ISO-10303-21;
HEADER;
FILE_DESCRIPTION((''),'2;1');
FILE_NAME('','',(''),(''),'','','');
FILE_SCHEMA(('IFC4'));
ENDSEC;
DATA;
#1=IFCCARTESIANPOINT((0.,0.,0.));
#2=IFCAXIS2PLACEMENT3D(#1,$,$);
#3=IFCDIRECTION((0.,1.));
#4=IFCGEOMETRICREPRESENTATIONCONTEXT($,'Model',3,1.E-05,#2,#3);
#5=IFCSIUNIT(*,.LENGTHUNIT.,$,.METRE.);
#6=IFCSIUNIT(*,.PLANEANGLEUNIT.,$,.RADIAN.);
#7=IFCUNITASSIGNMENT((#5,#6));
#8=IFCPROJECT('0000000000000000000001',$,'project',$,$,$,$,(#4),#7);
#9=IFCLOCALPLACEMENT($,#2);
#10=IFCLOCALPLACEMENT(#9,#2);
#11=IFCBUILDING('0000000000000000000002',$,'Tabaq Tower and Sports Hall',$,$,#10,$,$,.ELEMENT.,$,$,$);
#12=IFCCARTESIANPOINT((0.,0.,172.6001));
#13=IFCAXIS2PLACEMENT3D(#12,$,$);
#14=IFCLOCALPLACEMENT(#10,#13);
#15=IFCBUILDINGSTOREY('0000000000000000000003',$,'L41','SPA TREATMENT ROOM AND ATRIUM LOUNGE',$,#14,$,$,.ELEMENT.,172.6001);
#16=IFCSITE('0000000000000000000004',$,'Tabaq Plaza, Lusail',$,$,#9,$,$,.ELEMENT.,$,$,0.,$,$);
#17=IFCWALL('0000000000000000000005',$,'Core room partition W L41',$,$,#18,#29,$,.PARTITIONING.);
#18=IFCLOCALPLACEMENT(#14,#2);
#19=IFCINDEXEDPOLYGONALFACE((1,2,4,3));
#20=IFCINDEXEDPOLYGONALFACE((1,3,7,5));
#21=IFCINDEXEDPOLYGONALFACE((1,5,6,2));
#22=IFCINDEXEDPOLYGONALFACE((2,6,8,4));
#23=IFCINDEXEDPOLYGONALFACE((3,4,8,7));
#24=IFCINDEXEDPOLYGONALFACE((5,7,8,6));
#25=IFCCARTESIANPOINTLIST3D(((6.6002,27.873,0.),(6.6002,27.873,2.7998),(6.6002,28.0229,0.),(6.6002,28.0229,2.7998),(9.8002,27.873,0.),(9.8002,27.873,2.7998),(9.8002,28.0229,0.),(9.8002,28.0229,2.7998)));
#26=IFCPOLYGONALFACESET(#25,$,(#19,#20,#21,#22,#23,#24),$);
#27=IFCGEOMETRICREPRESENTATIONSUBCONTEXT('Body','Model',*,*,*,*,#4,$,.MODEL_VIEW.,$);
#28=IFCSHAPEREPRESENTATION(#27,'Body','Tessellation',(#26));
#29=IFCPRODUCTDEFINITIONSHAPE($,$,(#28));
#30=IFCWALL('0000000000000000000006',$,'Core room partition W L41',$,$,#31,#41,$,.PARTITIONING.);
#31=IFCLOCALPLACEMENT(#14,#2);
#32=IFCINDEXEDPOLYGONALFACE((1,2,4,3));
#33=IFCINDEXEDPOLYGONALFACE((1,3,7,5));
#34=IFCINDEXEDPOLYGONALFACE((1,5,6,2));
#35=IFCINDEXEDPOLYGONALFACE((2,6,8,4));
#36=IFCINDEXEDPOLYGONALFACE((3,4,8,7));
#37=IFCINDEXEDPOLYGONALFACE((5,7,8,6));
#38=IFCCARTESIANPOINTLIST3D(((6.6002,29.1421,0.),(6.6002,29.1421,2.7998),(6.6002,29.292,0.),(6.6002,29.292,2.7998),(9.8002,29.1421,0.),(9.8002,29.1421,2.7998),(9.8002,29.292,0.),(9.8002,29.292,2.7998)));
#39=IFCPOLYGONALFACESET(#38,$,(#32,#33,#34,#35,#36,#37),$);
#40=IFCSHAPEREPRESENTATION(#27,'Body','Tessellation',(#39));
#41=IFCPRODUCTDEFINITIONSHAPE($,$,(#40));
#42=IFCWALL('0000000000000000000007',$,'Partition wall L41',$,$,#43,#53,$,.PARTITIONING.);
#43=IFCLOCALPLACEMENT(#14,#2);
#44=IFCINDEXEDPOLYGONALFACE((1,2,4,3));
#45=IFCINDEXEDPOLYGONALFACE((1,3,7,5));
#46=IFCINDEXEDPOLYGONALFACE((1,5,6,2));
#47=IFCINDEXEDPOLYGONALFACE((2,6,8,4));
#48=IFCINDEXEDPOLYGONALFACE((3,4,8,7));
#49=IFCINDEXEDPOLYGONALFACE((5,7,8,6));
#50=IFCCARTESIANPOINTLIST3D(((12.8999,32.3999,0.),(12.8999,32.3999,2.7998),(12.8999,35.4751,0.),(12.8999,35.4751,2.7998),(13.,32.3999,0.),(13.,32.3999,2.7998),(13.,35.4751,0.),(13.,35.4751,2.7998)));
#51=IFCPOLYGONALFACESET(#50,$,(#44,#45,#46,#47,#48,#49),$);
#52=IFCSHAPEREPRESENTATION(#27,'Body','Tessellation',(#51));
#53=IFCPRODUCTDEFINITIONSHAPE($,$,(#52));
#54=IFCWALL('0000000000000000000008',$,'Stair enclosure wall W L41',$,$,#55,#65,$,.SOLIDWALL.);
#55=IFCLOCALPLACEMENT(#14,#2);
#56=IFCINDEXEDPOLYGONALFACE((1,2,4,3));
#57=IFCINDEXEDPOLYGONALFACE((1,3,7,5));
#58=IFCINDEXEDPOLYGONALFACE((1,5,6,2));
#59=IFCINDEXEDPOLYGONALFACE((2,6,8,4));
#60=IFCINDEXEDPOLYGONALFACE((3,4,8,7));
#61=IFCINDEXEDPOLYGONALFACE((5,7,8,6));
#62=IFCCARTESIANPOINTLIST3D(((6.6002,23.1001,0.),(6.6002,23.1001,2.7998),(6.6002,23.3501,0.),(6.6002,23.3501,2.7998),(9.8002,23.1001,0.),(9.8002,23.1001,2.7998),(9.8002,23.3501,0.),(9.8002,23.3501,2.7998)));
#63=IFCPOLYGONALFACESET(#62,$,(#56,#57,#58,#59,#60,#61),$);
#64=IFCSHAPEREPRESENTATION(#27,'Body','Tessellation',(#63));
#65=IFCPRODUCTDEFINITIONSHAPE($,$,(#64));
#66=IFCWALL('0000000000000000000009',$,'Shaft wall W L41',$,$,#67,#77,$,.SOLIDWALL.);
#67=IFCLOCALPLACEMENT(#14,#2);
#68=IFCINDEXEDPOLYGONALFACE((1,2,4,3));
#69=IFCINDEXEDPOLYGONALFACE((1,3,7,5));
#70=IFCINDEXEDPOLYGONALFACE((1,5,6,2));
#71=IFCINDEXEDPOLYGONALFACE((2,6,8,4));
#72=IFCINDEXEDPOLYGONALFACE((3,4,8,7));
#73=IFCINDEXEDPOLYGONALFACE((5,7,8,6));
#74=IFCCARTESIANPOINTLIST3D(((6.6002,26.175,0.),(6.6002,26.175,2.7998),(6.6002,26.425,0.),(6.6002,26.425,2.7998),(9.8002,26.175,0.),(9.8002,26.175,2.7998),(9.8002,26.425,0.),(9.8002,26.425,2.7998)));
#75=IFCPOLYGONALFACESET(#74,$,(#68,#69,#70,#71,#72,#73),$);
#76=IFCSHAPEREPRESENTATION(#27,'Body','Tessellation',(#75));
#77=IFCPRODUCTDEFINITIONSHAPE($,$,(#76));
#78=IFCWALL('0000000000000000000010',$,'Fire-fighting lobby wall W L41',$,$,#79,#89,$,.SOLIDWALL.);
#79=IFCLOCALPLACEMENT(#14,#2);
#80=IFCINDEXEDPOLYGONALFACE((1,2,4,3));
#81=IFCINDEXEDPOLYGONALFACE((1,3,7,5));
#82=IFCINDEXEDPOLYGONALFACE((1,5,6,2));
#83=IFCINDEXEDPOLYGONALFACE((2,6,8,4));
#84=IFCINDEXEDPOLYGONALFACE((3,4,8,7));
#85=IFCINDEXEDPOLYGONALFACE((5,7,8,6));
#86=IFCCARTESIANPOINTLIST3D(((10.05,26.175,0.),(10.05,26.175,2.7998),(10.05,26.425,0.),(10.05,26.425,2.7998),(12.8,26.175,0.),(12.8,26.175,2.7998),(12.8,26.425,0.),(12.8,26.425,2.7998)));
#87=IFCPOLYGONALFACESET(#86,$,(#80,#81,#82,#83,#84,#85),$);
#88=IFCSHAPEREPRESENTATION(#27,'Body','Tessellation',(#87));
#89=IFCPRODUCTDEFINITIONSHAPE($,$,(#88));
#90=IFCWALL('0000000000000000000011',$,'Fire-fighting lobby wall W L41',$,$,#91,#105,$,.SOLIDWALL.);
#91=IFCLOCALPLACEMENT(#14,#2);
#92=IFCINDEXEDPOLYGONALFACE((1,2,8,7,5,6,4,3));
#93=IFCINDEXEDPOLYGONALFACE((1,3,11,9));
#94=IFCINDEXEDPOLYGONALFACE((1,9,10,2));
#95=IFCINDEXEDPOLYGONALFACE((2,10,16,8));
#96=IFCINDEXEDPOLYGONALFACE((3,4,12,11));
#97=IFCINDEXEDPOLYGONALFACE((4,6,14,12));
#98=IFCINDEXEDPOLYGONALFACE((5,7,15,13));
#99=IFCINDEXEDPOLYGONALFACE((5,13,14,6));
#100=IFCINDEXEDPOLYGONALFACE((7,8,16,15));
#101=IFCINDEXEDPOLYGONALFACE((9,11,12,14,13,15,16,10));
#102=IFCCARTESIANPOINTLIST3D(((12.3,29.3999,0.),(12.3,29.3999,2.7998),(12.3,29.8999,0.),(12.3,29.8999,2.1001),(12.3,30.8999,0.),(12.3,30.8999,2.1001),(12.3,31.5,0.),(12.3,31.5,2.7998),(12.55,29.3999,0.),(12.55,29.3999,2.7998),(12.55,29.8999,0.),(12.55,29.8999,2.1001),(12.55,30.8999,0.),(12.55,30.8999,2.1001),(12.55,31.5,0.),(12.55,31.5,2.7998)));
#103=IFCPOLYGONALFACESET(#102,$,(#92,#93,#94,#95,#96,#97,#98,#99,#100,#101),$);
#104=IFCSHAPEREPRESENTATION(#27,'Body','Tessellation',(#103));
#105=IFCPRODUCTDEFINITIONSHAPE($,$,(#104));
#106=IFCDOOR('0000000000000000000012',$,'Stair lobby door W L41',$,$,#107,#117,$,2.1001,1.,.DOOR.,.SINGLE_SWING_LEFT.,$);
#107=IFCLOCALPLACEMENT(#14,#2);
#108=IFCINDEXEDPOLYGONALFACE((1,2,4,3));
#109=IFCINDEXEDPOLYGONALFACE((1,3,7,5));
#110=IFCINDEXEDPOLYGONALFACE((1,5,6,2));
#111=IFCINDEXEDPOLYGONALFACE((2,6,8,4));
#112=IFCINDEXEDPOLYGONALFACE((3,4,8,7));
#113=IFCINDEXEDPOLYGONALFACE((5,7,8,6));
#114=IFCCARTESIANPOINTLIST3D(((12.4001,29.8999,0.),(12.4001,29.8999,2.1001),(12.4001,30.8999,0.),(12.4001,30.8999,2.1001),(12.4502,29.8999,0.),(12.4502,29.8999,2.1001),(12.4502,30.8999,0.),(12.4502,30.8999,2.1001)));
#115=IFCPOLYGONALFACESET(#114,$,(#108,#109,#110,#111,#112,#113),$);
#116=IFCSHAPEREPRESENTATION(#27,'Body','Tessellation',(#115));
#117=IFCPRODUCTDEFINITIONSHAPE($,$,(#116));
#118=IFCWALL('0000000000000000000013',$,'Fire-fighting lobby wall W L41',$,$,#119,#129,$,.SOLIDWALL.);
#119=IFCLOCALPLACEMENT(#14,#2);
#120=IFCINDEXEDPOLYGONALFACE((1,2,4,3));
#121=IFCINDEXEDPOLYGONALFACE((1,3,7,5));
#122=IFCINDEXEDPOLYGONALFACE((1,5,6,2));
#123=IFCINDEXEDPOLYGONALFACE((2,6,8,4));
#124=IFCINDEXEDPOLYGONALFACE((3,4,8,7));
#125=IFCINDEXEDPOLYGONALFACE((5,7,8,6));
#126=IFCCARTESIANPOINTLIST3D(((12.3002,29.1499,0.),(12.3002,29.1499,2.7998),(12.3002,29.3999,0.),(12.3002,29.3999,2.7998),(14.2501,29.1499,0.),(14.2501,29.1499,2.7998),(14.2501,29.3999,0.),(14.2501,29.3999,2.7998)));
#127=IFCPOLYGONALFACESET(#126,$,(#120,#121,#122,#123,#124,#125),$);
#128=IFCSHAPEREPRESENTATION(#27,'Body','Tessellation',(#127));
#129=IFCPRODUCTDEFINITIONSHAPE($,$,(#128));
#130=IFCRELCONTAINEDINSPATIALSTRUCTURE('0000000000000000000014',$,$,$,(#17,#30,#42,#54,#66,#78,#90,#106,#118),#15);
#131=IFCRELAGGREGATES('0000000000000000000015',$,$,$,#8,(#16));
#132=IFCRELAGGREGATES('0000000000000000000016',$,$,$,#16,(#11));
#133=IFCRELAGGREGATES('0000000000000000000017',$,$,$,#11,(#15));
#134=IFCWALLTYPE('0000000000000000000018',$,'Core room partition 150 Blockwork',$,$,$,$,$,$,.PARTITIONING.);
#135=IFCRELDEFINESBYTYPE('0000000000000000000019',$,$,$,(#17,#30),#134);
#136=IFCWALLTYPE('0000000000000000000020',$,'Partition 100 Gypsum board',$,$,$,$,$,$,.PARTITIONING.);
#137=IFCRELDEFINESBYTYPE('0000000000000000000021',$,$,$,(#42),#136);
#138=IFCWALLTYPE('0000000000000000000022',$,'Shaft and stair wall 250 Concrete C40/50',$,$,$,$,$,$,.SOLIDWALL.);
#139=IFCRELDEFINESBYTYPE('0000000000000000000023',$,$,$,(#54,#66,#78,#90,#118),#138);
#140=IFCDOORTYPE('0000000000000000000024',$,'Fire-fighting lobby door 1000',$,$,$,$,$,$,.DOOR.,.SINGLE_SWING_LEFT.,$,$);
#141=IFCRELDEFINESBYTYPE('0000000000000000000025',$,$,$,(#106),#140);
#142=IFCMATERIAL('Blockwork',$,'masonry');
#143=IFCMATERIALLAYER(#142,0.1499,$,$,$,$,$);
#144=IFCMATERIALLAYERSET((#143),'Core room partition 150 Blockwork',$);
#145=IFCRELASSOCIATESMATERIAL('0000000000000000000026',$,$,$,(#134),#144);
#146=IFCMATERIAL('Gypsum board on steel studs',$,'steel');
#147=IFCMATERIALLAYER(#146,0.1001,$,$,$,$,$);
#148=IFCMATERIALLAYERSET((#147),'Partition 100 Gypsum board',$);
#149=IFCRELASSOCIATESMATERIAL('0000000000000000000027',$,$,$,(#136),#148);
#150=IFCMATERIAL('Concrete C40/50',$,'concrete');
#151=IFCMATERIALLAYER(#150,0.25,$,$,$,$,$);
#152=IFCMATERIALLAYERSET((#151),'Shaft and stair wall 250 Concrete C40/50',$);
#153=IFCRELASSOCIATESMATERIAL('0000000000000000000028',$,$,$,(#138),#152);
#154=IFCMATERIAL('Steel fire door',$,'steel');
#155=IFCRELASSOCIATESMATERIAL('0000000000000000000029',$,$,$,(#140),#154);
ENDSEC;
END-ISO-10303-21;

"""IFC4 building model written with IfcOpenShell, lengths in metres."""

from ifc_helpers import new_model, si_unit, direction, frame, frame_2d, origin, place, context, subcontext, project, spatial, rectangle, extrude, material, layer, layer_set, type_object, element, fill, save


model = new_model("IFC4")

# Units and contexts
model_context = context("Model", 3, precision=1e-05, world=origin(), true_north=direction((0.0, 1.0)))
body_context = subcontext(model_context, "Body", "Model", "MODEL_VIEW")
ifc_project = project(units=[si_unit("LENGTHUNIT", "METRE"), si_unit("PLANEANGLEUNIT", "RADIAN")], contexts=[model_context])

# Site, building, storey
site_placement = place(None, origin())
site = spatial("IfcSite", under=ifc_project, at=site_placement, Name="Tabaq Plaza, Lusail", CompositionType="ELEMENT", RefElevation=0.0)
building_placement = place(site_placement, origin())
building = spatial("IfcBuilding", under=site, at=building_placement, Name="Tabaq Tower and Sports Hall", CompositionType="ELEMENT")
storey_placement = place(building_placement, frame((0.0, 0.0, 172.6001)))
storey = spatial("IfcBuildingStorey", under=building, at=storey_placement, Name="L41", Description="SPA TREATMENT ROOM AND ATRIUM LOUNGE", CompositionType="ELEMENT", Elevation=172.6001)

# Walls
ifc_material_1 = material(Name="Blockwork", Category="masonry")
ifc_layer_1 = layer(ifc_material_1, 0.1499)
ifc_layer_set_1 = layer_set([ifc_layer_1], Name="Core room partition 150 Blockwork")
wall_type_1 = type_object("IfcWallType", Name="Core room partition 150 Blockwork", PredefinedType="PARTITIONING", material=ifc_layer_set_1)
for number, where, z_axis, x_axis, name in (
    (1, (6.6001, 27.948, 0.0), (0.0, 0.0, 1.0), (1.0, 0.0, 0.0), "Core room partition W L41"),
    (2, (6.6001, 29.217, 0.0), (0.0, 0.0, 1.0), (1.0, 0.0, 0.0), "Core room partition W L41"),
):
    element("IfcWall", number, at=place(storey_placement, frame(where, z_axis=z_axis, x_axis=x_axis)), inside=storey, type_object=wall_type_1, Name=name, PredefinedType="PARTITIONING", context=body_context, shape_type="SweptSolid", body=[
        extrude(rectangle(XDim=3.2, YDim=0.1499, at=frame_2d((1.6001, 0.0))), origin(), (0.0, 0.0, 1.0), 2.7998),
    ])

# Walls
ifc_material_2 = material(Name="Gypsum board on steel studs", Category="steel")
ifc_layer_2 = layer(ifc_material_2, 0.1001)
ifc_layer_set_2 = layer_set([ifc_layer_2], Name="Partition 100 Gypsum board")
wall_type_2 = type_object("IfcWallType", Name="Partition 100 Gypsum board", PredefinedType="PARTITIONING", material=ifc_layer_set_2)
wall_1_placement = place(storey_placement, frame((12.95, 32.3999, 0.0), z_axis=(0.0, 0.0, 1.0), x_axis=(0.0, 1.0, 0.0)))
element("IfcWall", 3, at=wall_1_placement, inside=storey, type_object=wall_type_2, Name="Partition wall L41", PredefinedType="PARTITIONING", context=body_context, shape_type="SweptSolid", body=[
    extrude(rectangle(XDim=3.0752, YDim=0.1001, at=frame_2d((1.5376, 0.0))), origin(), (0.0, 0.0, 1.0), 2.7998),
])
ifc_material_3 = material(Name="Concrete C40/50", Category="concrete")
ifc_layer_3 = layer(ifc_material_3, 0.25)
ifc_layer_set_3 = layer_set([ifc_layer_3], Name="Shaft and stair wall 250 Concrete C40/50")
wall_type_3 = type_object("IfcWallType", Name="Shaft and stair wall 250 Concrete C40/50", PredefinedType="SOLIDWALL", material=ifc_layer_set_3)
for number, where, z_axis, x_axis, name in (
    (4, (6.6001, 23.2251, 0.0), (0.0, 0.0, 1.0), (1.0, 0.0, 0.0), "Stair enclosure wall W L41"),
    (5, (6.6001, 26.3, 0.0), (0.0, 0.0, 1.0), (1.0, 0.0, 0.0), "Shaft wall W L41"),
):
    element("IfcWall", number, at=place(storey_placement, frame(where, z_axis=z_axis, x_axis=x_axis)), inside=storey, type_object=wall_type_3, Name=name, PredefinedType="SOLIDWALL", context=body_context, shape_type="SweptSolid", body=[
        extrude(rectangle(XDim=3.2, YDim=0.25, at=frame_2d((1.6001, 0.0))), origin(), (0.0, 0.0, 1.0), 2.7998),
    ])
wall_2_placement = place(storey_placement, frame((10.05, 26.3, 0.0), z_axis=(0.0, 0.0, 1.0), x_axis=(1.0, 0.0, 0.0)))
element("IfcWall", 6, at=wall_2_placement, inside=storey, type_object=wall_type_3, Name="Fire-fighting lobby wall W L41", PredefinedType="SOLIDWALL", context=body_context, shape_type="SweptSolid", body=[
    extrude(rectangle(XDim=2.75, YDim=0.25, at=frame_2d((1.375, 0.0))), origin(), (0.0, 0.0, 1.0), 2.7998),
])

# Wall, opening, door
wall_3_placement = place(storey_placement, frame((12.425, 29.3999, 0.0), z_axis=(0.0, 0.0, 1.0), x_axis=(0.0, 1.0, 0.0)))
wall_3 = element("IfcWall", 7, at=wall_3_placement, inside=storey, type_object=wall_type_3, Name="Fire-fighting lobby wall W L41", PredefinedType="SOLIDWALL", context=body_context, shape_type="SweptSolid", body=[
    extrude(rectangle(XDim=2.1001, YDim=0.25, at=frame_2d((1.05, 0.0))), origin(), (0.0, 0.0, 1.0), 2.7998),
])
opening_1_placement = place(wall_3_placement, frame((0.5, 0.0, 0.0)))
opening_1 = element("IfcOpeningElement", 8, at=opening_1_placement, cuts=wall_3, PredefinedType="OPENING", context=body_context, shape_type="SweptSolid", body=[
    extrude(rectangle(XDim=1.0, YDim=2.1001, at=frame_2d((0.5, 1.05))), frame((0.0, 0.125, 0.0), z_axis=(0.0, -1.0, 0.0), x_axis=(1.0, 0.0, 0.0)), (0.0, 0.0, 1.0), 0.25),
])
ifc_material_4 = material(Name="Steel fire door", Category="steel")
door_type_1 = type_object("IfcDoorType", Name="Fire-fighting lobby door 1000", OperationType="SINGLE_SWING_LEFT", PredefinedType="DOOR", material=ifc_material_4)
door_1_placement = place(opening_1_placement, origin())
door_1 = element("IfcDoor", 9, at=door_1_placement, inside=storey, type_object=door_type_1, Name="Stair lobby door W L41", OperationType="SINGLE_SWING_LEFT", OverallHeight=2.1001, OverallWidth=1.0, PredefinedType="DOOR", context=body_context, shape_type="SweptSolid", body=[
    extrude(rectangle(XDim=1.0, YDim=2.1001, at=frame_2d((0.5, 1.05))), frame((0.0, 0.0249, 0.0), z_axis=(0.0, -1.0, 0.0), x_axis=(1.0, 0.0, 0.0)), (0.0, 0.0, 1.0), 0.05),
])
fill(opening_1, door_1)

# Wall
wall_4_placement = place(storey_placement, frame((12.3, 29.2749, 0.0), z_axis=(0.0, 0.0, 1.0), x_axis=(1.0, 0.0, 0.0)))
element("IfcWall", 10, at=wall_4_placement, inside=storey, type_object=wall_type_3, Name="Fire-fighting lobby wall W L41", PredefinedType="SOLIDWALL", context=body_context, shape_type="SweptSolid", body=[
    extrude(rectangle(XDim=1.95, YDim=0.25, at=frame_2d((0.9751, 0.0))), origin(), (0.0, 0.0, 1.0), 2.7998),
])

save(model, "model.ifc")
